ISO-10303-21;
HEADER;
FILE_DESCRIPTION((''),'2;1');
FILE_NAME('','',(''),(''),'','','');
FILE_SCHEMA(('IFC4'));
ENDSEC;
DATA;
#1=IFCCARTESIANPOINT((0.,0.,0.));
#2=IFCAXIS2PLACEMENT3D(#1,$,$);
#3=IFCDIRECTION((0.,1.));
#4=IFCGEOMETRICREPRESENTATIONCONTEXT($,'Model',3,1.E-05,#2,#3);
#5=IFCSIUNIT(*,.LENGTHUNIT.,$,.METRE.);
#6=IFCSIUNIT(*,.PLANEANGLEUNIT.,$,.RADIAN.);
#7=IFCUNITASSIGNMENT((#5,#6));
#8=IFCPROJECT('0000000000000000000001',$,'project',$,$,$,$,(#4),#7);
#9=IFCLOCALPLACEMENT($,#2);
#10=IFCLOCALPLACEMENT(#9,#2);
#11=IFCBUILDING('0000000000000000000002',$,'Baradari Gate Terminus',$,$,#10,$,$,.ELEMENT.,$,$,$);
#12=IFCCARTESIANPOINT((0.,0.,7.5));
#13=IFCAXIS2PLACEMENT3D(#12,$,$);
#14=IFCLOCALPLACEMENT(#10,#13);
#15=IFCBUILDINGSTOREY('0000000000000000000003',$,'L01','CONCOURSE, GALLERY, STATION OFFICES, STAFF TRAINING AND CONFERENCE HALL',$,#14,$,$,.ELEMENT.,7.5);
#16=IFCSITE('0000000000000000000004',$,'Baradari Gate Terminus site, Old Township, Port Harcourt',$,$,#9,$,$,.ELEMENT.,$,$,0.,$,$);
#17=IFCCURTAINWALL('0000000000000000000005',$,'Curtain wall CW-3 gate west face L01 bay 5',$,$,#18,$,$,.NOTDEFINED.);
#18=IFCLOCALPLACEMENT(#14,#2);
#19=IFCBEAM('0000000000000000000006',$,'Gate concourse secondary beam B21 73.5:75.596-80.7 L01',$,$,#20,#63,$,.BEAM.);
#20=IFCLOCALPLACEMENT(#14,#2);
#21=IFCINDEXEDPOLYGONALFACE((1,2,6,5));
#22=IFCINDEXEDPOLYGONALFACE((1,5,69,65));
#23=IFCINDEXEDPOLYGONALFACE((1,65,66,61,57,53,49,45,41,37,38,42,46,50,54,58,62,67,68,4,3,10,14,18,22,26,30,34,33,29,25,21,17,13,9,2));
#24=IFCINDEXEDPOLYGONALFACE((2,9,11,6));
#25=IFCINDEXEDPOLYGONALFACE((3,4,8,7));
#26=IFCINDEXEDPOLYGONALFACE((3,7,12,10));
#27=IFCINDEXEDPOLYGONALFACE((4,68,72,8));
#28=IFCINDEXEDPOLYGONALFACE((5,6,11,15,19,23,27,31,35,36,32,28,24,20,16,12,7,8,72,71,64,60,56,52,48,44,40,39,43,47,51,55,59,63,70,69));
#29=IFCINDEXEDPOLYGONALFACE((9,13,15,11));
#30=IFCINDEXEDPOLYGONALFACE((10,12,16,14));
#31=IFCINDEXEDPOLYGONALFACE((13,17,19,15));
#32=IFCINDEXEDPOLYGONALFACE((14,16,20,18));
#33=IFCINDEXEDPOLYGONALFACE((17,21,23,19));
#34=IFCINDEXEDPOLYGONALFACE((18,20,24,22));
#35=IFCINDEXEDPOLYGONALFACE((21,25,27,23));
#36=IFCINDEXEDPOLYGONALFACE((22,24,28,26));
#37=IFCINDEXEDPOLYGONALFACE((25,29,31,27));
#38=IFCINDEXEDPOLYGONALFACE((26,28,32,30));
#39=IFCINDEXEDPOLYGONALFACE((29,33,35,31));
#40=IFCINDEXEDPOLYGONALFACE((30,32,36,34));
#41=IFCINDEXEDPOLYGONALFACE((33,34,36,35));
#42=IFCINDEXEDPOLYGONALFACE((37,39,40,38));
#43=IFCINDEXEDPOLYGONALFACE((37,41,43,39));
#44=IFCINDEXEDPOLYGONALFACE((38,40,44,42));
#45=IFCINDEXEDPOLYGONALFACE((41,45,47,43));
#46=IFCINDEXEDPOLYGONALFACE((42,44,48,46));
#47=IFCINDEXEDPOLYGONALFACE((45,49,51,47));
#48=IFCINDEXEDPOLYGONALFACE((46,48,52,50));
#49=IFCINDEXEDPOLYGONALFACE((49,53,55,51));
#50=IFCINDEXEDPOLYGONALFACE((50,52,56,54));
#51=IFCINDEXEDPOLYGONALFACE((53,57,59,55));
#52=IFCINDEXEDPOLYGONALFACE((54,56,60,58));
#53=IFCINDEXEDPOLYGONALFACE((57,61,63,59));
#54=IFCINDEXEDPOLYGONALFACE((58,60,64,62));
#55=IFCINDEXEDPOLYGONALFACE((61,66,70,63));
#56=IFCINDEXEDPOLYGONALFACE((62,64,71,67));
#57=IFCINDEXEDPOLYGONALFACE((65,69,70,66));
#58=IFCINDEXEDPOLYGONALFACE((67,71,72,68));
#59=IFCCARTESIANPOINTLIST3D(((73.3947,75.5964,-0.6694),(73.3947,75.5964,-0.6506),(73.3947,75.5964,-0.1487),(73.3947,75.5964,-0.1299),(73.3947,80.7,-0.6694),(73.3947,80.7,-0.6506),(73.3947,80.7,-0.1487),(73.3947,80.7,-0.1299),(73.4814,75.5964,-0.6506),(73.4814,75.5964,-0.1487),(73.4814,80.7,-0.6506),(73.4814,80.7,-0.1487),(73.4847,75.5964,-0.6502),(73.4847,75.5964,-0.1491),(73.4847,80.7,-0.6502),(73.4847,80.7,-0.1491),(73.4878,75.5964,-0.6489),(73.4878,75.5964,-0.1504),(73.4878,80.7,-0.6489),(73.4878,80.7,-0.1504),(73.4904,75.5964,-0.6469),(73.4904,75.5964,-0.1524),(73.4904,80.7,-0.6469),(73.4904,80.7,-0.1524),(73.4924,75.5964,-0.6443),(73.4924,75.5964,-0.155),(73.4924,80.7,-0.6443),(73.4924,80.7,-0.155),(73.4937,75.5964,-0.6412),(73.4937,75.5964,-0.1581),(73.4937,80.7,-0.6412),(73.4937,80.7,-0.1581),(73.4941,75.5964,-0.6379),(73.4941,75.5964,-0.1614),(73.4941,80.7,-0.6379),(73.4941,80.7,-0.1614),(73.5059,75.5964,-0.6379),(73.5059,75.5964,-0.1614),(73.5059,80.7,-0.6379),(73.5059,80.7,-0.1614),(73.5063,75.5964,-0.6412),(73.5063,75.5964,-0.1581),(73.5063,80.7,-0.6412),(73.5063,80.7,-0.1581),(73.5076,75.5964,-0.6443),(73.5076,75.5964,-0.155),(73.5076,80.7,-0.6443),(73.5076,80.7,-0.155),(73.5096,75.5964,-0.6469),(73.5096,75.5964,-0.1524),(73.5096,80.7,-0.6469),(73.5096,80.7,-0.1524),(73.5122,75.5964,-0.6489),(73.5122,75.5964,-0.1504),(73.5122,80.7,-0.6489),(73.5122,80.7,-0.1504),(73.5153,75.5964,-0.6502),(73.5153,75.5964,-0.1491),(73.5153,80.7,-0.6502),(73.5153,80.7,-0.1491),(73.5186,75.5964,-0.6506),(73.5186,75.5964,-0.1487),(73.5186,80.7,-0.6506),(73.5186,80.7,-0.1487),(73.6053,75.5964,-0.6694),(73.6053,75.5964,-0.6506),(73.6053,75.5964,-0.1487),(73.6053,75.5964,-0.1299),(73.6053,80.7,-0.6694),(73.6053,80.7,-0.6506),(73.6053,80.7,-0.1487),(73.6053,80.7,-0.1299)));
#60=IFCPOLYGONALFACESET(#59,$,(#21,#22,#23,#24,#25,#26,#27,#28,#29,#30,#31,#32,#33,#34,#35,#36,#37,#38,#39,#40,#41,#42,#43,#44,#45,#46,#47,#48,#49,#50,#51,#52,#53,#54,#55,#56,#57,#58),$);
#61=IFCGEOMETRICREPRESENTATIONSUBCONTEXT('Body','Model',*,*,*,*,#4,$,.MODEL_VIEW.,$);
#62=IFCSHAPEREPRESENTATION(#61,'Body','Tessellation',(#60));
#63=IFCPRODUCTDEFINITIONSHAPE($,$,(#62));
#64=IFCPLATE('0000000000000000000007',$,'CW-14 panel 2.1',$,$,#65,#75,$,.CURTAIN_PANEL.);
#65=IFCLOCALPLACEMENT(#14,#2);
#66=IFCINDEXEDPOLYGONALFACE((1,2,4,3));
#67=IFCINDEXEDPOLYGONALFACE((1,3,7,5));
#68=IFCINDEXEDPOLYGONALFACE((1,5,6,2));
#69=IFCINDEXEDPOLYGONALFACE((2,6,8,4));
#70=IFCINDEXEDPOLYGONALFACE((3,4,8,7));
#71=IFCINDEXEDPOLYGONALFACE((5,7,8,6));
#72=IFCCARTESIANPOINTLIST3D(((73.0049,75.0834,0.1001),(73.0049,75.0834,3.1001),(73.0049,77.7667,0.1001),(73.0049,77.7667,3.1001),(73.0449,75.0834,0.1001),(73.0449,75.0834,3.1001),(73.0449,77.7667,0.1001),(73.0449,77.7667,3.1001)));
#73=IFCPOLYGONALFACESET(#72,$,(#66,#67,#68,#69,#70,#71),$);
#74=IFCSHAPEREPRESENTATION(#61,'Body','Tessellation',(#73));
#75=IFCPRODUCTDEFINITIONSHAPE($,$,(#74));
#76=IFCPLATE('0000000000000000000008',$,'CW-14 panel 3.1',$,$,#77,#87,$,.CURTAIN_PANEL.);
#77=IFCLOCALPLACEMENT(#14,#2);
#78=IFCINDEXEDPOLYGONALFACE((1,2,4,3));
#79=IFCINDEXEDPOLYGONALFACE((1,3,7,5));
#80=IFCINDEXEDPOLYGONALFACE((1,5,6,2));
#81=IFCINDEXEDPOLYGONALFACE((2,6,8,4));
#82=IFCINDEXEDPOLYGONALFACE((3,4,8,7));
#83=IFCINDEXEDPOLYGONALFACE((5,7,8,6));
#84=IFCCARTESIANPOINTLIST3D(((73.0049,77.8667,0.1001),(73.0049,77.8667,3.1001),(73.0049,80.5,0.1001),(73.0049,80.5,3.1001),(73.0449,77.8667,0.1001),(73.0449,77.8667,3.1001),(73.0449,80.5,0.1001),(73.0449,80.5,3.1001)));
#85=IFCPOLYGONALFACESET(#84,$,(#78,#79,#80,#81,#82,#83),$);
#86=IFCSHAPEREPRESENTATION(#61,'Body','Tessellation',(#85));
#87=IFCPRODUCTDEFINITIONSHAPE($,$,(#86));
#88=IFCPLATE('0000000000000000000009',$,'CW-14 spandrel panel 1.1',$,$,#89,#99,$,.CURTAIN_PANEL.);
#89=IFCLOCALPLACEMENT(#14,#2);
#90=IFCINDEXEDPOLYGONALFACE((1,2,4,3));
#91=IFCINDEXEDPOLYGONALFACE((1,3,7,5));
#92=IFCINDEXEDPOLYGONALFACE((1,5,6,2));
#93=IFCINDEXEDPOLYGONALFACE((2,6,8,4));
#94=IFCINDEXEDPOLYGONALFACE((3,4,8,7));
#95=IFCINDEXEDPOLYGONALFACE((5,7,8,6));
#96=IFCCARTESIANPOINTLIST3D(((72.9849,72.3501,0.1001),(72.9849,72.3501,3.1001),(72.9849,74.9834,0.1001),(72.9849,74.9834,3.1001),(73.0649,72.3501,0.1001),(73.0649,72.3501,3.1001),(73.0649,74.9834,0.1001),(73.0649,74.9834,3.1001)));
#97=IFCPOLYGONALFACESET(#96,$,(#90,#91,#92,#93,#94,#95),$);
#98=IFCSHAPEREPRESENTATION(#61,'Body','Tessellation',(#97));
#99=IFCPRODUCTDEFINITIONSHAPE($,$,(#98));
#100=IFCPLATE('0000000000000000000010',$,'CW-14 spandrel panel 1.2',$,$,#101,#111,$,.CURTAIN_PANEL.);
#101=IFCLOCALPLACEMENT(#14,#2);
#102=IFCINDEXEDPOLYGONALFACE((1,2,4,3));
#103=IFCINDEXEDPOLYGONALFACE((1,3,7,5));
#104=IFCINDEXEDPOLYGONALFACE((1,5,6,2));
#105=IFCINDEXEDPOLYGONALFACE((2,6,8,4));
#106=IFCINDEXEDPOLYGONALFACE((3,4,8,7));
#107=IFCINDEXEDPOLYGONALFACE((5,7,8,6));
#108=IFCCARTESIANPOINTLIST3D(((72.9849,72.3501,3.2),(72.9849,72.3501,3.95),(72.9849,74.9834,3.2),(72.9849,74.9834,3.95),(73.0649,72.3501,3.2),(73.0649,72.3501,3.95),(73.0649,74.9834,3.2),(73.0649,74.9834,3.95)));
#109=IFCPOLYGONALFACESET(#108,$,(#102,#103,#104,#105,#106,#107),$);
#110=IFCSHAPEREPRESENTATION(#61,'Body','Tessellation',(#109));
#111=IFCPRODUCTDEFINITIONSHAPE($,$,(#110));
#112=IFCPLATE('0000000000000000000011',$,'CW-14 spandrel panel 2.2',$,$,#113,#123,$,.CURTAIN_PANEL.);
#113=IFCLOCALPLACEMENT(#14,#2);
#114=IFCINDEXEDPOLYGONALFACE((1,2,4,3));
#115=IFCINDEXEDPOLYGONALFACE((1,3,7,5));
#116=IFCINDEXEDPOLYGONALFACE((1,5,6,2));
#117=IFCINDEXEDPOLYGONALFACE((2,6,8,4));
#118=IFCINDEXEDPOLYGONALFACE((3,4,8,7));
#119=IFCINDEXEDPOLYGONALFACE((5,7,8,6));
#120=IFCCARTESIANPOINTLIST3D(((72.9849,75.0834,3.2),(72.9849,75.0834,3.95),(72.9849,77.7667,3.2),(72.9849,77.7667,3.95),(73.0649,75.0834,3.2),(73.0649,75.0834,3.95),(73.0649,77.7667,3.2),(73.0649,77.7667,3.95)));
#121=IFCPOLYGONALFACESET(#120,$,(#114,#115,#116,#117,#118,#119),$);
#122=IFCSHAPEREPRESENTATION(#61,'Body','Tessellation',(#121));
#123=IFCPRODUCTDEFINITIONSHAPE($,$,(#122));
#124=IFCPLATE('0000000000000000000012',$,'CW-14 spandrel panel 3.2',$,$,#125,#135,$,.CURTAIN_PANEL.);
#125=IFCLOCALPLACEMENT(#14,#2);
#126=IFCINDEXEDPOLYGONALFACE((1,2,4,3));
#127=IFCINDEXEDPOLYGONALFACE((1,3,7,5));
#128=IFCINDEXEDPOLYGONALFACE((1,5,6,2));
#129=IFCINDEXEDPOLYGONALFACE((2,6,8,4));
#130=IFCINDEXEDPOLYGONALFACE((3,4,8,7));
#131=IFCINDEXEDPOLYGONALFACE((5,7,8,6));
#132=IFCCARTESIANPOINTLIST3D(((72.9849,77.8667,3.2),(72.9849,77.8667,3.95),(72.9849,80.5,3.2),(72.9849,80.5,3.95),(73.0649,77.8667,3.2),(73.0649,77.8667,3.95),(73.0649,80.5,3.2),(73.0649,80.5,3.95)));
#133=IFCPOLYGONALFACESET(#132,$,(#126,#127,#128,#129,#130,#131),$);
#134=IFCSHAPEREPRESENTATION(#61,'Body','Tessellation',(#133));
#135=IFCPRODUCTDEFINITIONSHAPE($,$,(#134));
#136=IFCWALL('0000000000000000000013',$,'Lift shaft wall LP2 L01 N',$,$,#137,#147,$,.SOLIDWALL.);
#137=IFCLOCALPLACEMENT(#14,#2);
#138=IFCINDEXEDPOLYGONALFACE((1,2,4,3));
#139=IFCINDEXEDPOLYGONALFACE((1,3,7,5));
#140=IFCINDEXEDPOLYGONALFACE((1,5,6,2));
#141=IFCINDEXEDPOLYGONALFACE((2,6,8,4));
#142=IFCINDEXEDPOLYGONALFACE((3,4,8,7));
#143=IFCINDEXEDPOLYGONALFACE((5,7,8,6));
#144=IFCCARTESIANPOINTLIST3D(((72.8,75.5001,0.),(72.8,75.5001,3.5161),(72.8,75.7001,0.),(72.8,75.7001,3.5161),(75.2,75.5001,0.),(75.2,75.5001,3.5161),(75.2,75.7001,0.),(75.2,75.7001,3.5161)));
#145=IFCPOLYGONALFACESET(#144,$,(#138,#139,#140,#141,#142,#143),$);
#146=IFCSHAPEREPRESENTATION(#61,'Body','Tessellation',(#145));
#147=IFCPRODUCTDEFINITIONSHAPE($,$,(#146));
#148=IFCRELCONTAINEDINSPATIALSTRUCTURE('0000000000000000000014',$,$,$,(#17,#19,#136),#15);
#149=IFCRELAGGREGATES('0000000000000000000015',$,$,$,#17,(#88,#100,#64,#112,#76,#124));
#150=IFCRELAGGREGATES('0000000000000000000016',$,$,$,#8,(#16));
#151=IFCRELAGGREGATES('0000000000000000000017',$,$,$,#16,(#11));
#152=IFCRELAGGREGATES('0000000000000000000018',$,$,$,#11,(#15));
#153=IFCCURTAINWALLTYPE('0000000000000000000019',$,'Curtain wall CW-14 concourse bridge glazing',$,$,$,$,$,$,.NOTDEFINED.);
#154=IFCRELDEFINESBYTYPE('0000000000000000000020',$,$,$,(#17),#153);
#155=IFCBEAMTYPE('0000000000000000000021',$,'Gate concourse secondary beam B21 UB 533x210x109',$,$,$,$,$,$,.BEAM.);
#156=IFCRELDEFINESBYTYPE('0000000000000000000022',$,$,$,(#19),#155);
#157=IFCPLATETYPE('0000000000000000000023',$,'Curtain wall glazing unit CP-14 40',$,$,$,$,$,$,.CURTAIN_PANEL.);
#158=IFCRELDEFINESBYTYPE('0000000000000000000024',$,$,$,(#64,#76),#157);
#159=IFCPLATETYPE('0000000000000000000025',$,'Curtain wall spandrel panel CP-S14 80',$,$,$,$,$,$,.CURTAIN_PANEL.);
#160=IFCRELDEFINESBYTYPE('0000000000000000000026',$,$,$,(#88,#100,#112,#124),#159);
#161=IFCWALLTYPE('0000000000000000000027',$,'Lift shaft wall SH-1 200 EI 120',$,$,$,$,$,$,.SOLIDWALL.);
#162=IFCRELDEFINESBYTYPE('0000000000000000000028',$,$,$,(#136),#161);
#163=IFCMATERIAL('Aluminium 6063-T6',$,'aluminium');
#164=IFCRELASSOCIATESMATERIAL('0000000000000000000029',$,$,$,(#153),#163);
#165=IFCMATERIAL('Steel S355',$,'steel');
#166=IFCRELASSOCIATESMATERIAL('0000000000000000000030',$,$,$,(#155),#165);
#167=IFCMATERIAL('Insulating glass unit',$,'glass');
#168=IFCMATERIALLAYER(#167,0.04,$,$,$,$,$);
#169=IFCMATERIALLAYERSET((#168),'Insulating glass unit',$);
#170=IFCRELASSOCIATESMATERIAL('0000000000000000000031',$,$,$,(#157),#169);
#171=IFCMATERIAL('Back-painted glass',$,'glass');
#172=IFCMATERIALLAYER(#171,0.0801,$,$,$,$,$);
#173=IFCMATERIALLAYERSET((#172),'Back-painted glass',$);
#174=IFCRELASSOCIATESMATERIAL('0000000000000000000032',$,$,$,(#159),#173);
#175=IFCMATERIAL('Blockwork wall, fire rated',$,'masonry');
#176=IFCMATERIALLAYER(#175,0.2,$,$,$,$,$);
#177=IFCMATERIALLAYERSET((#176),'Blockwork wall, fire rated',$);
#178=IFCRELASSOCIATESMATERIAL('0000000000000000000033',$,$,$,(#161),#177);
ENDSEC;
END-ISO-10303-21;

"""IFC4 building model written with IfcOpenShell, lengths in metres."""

from ifc_helpers import new_model, si_unit, direction, frame, frame_2d, origin, origin_2d, place, context, subcontext, project, spatial, rectangle, i_section, extrude, material, layer, layer_set, material_profile, profile_set, type_object, element, aggregate, save


model = new_model("IFC4")

# Units and contexts
model_context = context("Model", 3, precision=1e-05, world=origin(), true_north=direction((0.0, 1.0)))
body_context = subcontext(model_context, "Body", "Model", "MODEL_VIEW")
ifc_project = project(units=[si_unit("LENGTHUNIT", "METRE"), si_unit("PLANEANGLEUNIT", "RADIAN")], contexts=[model_context])

# Site, building, storey
site_placement = place(None, origin())
site = spatial("IfcSite", under=ifc_project, at=site_placement, Name="Baradari Gate Terminus site, Old Township, Port Harcourt", CompositionType="ELEMENT", RefElevation=0.0)
building_placement = place(site_placement, origin())
building = spatial("IfcBuilding", under=site, at=building_placement, Name="Baradari Gate Terminus", CompositionType="ELEMENT")
storey_placement = place(building_placement, frame((0.0, 0.0, 7.5)))
storey = spatial("IfcBuildingStorey", under=building, at=storey_placement, Name="L01", Description="CONCOURSE, GALLERY, STATION OFFICES, STAFF TRAINING AND CONFERENCE HALL", CompositionType="ELEMENT", Elevation=7.5)

# Curtain wall
ifc_material_1 = material(Name="Aluminium 6063-T6", Category="aluminium")
curtain_wall_type = type_object("IfcCurtainWallType", Name="Curtain wall CW-14 concourse bridge glazing", PredefinedType="NOTDEFINED", material=ifc_material_1)
curtain_wall_placement = place(storey_placement, origin())
curtain_wall = element("IfcCurtainWall", 1, at=curtain_wall_placement, inside=storey, type_object=curtain_wall_type, Name="Curtain wall CW-3 gate west face L01 bay 5", PredefinedType="NOTDEFINED")

# Beam
ifc_material_2 = material(Name="Steel S355", Category="steel")
ifc_material_profile_1 = material_profile(ifc_material_2, i_section(OverallWidth=0.2107, OverallDepth=0.5396, WebThickness=0.0117, FlangeThickness=0.0188, FilletRadius=0.0127, at=origin_2d()), Name="UB 533x210x109")
ifc_profile_set_1 = profile_set([ifc_material_profile_1], Name="Steel S355")
beam_type_1 = type_object("IfcBeamType", Name="Gate concourse secondary beam B21 UB 533x210x109", PredefinedType="BEAM", material=ifc_profile_set_1)
beam_1_placement = place(storey_placement, frame((73.5, 75.5964, -0.3997), z_axis=(0.0, 1.0, 0.0), x_axis=(-1.0, 0.0, 0.0)))
element("IfcBeam", 2, at=beam_1_placement, inside=storey, type_object=beam_type_1, Name="Gate concourse secondary beam B21 73.5:75.596-80.7 L01", PredefinedType="BEAM", context=body_context, shape_type="SweptSolid", body=[
    extrude(i_section(OverallWidth=0.2107, OverallDepth=0.5396, WebThickness=0.0117, FlangeThickness=0.0188, FilletRadius=0.0127, at=origin_2d()), origin(), (0.0, 0.0, 1.0), 5.1035),
])

# Plates
ifc_material_3 = material(Name="Insulating glass unit", Category="glass")
ifc_layer_1 = layer(ifc_material_3, 0.04)
ifc_layer_set_1 = layer_set([ifc_layer_1], Name="Insulating glass unit")
plate_type_1 = type_object("IfcPlateType", Name="Curtain wall glazing unit CP-14 40", PredefinedType="CURTAIN_PANEL", material=ifc_layer_set_1)
plate_1_placement = place(storey_placement, frame((73.0249, 76.425, 0.1001), z_axis=(0.0, 0.0, 1.0), x_axis=(0.0, 1.0, 0.0)))
plate_1 = element("IfcPlate", 3, at=plate_1_placement, type_object=plate_type_1, Name="CW-14 panel 2.1", PredefinedType="CURTAIN_PANEL", context=body_context, shape_type="SweptSolid", body=[
    extrude(rectangle(XDim=2.6833, YDim=0.04, at=origin_2d()), origin(), (0.0, 0.0, 1.0), 3.0),
])
plate_2_placement = place(storey_placement, frame((73.0249, 79.1833, 0.1001), z_axis=(0.0, 0.0, 1.0), x_axis=(0.0, 1.0, 0.0)))
plate_2 = element("IfcPlate", 4, at=plate_2_placement, type_object=plate_type_1, Name="CW-14 panel 3.1", PredefinedType="CURTAIN_PANEL", context=body_context, shape_type="SweptSolid", body=[
    extrude(rectangle(XDim=2.6333, YDim=0.04, at=origin_2d()), origin(), (0.0, 0.0, 1.0), 3.0),
])
ifc_material_4 = material(Name="Back-painted glass", Category="glass")
ifc_layer_2 = layer(ifc_material_4, 0.0801)
ifc_layer_set_2 = layer_set([ifc_layer_2], Name="Back-painted glass")
plate_type_2 = type_object("IfcPlateType", Name="Curtain wall spandrel panel CP-S14 80", PredefinedType="CURTAIN_PANEL", material=ifc_layer_set_2)
plate_3_placement = place(storey_placement, frame((73.0249, 73.6667, 0.1001), z_axis=(0.0, 0.0, 1.0), x_axis=(0.0, 1.0, 0.0)))
plate_3 = element("IfcPlate", 5, at=plate_3_placement, type_object=plate_type_2, Name="CW-14 spandrel panel 1.1", PredefinedType="CURTAIN_PANEL", context=body_context, shape_type="SweptSolid", body=[
    extrude(rectangle(XDim=2.6333, YDim=0.0801, at=origin_2d()), origin(), (0.0, 0.0, 1.0), 3.0),
])
plate_4_placement = place(storey_placement, frame((73.0249, 73.6667, 3.2), z_axis=(0.0, 0.0, 1.0), x_axis=(0.0, 1.0, 0.0)))
plate_4 = element("IfcPlate", 6, at=plate_4_placement, type_object=plate_type_2, Name="CW-14 spandrel panel 1.2", PredefinedType="CURTAIN_PANEL", context=body_context, shape_type="SweptSolid", body=[
    extrude(rectangle(XDim=2.6333, YDim=0.0801, at=origin_2d()), origin(), (0.0, 0.0, 1.0), 0.75),
])
plate_5_placement = place(storey_placement, frame((73.0249, 76.425, 3.2), z_axis=(0.0, 0.0, 1.0), x_axis=(0.0, 1.0, 0.0)))
plate_5 = element("IfcPlate", 7, at=plate_5_placement, type_object=plate_type_2, Name="CW-14 spandrel panel 2.2", PredefinedType="CURTAIN_PANEL", context=body_context, shape_type="SweptSolid", body=[
    extrude(rectangle(XDim=2.6833, YDim=0.0801, at=origin_2d()), origin(), (0.0, 0.0, 1.0), 0.75),
])
plate_6_placement = place(storey_placement, frame((73.0249, 79.1833, 3.2), z_axis=(0.0, 0.0, 1.0), x_axis=(0.0, 1.0, 0.0)))
plate_6 = element("IfcPlate", 8, at=plate_6_placement, type_object=plate_type_2, Name="CW-14 spandrel panel 3.2", PredefinedType="CURTAIN_PANEL", context=body_context, shape_type="SweptSolid", body=[
    extrude(rectangle(XDim=2.6333, YDim=0.0801, at=origin_2d()), origin(), (0.0, 0.0, 1.0), 0.75),
])
aggregate(curtain_wall, [plate_3, plate_4, plate_1, plate_5, plate_2, plate_6])

# Wall
ifc_material_5 = material(Name="Blockwork wall, fire rated", Category="masonry")
ifc_layer_3 = layer(ifc_material_5, 0.2)
ifc_layer_set_3 = layer_set([ifc_layer_3], Name="Blockwork wall, fire rated")
wall_type = type_object("IfcWallType", Name="Lift shaft wall SH-1 200 EI 120", PredefinedType="SOLIDWALL", material=ifc_layer_set_3)
wall_placement = place(storey_placement, frame((72.8, 75.6001, 0.0), z_axis=(0.0, 0.0, 1.0), x_axis=(1.0, 0.0, 0.0)))
element("IfcWall", 9, at=wall_placement, inside=storey, type_object=wall_type, Name="Lift shaft wall LP2 L01 N", PredefinedType="SOLIDWALL", context=body_context, shape_type="SweptSolid", body=[
    extrude(rectangle(XDim=2.3999, YDim=0.2, at=frame_2d((1.2, 0.0))), origin(), (0.0, 0.0, 1.0), 3.5161),
])

save(model, "model.ifc")
